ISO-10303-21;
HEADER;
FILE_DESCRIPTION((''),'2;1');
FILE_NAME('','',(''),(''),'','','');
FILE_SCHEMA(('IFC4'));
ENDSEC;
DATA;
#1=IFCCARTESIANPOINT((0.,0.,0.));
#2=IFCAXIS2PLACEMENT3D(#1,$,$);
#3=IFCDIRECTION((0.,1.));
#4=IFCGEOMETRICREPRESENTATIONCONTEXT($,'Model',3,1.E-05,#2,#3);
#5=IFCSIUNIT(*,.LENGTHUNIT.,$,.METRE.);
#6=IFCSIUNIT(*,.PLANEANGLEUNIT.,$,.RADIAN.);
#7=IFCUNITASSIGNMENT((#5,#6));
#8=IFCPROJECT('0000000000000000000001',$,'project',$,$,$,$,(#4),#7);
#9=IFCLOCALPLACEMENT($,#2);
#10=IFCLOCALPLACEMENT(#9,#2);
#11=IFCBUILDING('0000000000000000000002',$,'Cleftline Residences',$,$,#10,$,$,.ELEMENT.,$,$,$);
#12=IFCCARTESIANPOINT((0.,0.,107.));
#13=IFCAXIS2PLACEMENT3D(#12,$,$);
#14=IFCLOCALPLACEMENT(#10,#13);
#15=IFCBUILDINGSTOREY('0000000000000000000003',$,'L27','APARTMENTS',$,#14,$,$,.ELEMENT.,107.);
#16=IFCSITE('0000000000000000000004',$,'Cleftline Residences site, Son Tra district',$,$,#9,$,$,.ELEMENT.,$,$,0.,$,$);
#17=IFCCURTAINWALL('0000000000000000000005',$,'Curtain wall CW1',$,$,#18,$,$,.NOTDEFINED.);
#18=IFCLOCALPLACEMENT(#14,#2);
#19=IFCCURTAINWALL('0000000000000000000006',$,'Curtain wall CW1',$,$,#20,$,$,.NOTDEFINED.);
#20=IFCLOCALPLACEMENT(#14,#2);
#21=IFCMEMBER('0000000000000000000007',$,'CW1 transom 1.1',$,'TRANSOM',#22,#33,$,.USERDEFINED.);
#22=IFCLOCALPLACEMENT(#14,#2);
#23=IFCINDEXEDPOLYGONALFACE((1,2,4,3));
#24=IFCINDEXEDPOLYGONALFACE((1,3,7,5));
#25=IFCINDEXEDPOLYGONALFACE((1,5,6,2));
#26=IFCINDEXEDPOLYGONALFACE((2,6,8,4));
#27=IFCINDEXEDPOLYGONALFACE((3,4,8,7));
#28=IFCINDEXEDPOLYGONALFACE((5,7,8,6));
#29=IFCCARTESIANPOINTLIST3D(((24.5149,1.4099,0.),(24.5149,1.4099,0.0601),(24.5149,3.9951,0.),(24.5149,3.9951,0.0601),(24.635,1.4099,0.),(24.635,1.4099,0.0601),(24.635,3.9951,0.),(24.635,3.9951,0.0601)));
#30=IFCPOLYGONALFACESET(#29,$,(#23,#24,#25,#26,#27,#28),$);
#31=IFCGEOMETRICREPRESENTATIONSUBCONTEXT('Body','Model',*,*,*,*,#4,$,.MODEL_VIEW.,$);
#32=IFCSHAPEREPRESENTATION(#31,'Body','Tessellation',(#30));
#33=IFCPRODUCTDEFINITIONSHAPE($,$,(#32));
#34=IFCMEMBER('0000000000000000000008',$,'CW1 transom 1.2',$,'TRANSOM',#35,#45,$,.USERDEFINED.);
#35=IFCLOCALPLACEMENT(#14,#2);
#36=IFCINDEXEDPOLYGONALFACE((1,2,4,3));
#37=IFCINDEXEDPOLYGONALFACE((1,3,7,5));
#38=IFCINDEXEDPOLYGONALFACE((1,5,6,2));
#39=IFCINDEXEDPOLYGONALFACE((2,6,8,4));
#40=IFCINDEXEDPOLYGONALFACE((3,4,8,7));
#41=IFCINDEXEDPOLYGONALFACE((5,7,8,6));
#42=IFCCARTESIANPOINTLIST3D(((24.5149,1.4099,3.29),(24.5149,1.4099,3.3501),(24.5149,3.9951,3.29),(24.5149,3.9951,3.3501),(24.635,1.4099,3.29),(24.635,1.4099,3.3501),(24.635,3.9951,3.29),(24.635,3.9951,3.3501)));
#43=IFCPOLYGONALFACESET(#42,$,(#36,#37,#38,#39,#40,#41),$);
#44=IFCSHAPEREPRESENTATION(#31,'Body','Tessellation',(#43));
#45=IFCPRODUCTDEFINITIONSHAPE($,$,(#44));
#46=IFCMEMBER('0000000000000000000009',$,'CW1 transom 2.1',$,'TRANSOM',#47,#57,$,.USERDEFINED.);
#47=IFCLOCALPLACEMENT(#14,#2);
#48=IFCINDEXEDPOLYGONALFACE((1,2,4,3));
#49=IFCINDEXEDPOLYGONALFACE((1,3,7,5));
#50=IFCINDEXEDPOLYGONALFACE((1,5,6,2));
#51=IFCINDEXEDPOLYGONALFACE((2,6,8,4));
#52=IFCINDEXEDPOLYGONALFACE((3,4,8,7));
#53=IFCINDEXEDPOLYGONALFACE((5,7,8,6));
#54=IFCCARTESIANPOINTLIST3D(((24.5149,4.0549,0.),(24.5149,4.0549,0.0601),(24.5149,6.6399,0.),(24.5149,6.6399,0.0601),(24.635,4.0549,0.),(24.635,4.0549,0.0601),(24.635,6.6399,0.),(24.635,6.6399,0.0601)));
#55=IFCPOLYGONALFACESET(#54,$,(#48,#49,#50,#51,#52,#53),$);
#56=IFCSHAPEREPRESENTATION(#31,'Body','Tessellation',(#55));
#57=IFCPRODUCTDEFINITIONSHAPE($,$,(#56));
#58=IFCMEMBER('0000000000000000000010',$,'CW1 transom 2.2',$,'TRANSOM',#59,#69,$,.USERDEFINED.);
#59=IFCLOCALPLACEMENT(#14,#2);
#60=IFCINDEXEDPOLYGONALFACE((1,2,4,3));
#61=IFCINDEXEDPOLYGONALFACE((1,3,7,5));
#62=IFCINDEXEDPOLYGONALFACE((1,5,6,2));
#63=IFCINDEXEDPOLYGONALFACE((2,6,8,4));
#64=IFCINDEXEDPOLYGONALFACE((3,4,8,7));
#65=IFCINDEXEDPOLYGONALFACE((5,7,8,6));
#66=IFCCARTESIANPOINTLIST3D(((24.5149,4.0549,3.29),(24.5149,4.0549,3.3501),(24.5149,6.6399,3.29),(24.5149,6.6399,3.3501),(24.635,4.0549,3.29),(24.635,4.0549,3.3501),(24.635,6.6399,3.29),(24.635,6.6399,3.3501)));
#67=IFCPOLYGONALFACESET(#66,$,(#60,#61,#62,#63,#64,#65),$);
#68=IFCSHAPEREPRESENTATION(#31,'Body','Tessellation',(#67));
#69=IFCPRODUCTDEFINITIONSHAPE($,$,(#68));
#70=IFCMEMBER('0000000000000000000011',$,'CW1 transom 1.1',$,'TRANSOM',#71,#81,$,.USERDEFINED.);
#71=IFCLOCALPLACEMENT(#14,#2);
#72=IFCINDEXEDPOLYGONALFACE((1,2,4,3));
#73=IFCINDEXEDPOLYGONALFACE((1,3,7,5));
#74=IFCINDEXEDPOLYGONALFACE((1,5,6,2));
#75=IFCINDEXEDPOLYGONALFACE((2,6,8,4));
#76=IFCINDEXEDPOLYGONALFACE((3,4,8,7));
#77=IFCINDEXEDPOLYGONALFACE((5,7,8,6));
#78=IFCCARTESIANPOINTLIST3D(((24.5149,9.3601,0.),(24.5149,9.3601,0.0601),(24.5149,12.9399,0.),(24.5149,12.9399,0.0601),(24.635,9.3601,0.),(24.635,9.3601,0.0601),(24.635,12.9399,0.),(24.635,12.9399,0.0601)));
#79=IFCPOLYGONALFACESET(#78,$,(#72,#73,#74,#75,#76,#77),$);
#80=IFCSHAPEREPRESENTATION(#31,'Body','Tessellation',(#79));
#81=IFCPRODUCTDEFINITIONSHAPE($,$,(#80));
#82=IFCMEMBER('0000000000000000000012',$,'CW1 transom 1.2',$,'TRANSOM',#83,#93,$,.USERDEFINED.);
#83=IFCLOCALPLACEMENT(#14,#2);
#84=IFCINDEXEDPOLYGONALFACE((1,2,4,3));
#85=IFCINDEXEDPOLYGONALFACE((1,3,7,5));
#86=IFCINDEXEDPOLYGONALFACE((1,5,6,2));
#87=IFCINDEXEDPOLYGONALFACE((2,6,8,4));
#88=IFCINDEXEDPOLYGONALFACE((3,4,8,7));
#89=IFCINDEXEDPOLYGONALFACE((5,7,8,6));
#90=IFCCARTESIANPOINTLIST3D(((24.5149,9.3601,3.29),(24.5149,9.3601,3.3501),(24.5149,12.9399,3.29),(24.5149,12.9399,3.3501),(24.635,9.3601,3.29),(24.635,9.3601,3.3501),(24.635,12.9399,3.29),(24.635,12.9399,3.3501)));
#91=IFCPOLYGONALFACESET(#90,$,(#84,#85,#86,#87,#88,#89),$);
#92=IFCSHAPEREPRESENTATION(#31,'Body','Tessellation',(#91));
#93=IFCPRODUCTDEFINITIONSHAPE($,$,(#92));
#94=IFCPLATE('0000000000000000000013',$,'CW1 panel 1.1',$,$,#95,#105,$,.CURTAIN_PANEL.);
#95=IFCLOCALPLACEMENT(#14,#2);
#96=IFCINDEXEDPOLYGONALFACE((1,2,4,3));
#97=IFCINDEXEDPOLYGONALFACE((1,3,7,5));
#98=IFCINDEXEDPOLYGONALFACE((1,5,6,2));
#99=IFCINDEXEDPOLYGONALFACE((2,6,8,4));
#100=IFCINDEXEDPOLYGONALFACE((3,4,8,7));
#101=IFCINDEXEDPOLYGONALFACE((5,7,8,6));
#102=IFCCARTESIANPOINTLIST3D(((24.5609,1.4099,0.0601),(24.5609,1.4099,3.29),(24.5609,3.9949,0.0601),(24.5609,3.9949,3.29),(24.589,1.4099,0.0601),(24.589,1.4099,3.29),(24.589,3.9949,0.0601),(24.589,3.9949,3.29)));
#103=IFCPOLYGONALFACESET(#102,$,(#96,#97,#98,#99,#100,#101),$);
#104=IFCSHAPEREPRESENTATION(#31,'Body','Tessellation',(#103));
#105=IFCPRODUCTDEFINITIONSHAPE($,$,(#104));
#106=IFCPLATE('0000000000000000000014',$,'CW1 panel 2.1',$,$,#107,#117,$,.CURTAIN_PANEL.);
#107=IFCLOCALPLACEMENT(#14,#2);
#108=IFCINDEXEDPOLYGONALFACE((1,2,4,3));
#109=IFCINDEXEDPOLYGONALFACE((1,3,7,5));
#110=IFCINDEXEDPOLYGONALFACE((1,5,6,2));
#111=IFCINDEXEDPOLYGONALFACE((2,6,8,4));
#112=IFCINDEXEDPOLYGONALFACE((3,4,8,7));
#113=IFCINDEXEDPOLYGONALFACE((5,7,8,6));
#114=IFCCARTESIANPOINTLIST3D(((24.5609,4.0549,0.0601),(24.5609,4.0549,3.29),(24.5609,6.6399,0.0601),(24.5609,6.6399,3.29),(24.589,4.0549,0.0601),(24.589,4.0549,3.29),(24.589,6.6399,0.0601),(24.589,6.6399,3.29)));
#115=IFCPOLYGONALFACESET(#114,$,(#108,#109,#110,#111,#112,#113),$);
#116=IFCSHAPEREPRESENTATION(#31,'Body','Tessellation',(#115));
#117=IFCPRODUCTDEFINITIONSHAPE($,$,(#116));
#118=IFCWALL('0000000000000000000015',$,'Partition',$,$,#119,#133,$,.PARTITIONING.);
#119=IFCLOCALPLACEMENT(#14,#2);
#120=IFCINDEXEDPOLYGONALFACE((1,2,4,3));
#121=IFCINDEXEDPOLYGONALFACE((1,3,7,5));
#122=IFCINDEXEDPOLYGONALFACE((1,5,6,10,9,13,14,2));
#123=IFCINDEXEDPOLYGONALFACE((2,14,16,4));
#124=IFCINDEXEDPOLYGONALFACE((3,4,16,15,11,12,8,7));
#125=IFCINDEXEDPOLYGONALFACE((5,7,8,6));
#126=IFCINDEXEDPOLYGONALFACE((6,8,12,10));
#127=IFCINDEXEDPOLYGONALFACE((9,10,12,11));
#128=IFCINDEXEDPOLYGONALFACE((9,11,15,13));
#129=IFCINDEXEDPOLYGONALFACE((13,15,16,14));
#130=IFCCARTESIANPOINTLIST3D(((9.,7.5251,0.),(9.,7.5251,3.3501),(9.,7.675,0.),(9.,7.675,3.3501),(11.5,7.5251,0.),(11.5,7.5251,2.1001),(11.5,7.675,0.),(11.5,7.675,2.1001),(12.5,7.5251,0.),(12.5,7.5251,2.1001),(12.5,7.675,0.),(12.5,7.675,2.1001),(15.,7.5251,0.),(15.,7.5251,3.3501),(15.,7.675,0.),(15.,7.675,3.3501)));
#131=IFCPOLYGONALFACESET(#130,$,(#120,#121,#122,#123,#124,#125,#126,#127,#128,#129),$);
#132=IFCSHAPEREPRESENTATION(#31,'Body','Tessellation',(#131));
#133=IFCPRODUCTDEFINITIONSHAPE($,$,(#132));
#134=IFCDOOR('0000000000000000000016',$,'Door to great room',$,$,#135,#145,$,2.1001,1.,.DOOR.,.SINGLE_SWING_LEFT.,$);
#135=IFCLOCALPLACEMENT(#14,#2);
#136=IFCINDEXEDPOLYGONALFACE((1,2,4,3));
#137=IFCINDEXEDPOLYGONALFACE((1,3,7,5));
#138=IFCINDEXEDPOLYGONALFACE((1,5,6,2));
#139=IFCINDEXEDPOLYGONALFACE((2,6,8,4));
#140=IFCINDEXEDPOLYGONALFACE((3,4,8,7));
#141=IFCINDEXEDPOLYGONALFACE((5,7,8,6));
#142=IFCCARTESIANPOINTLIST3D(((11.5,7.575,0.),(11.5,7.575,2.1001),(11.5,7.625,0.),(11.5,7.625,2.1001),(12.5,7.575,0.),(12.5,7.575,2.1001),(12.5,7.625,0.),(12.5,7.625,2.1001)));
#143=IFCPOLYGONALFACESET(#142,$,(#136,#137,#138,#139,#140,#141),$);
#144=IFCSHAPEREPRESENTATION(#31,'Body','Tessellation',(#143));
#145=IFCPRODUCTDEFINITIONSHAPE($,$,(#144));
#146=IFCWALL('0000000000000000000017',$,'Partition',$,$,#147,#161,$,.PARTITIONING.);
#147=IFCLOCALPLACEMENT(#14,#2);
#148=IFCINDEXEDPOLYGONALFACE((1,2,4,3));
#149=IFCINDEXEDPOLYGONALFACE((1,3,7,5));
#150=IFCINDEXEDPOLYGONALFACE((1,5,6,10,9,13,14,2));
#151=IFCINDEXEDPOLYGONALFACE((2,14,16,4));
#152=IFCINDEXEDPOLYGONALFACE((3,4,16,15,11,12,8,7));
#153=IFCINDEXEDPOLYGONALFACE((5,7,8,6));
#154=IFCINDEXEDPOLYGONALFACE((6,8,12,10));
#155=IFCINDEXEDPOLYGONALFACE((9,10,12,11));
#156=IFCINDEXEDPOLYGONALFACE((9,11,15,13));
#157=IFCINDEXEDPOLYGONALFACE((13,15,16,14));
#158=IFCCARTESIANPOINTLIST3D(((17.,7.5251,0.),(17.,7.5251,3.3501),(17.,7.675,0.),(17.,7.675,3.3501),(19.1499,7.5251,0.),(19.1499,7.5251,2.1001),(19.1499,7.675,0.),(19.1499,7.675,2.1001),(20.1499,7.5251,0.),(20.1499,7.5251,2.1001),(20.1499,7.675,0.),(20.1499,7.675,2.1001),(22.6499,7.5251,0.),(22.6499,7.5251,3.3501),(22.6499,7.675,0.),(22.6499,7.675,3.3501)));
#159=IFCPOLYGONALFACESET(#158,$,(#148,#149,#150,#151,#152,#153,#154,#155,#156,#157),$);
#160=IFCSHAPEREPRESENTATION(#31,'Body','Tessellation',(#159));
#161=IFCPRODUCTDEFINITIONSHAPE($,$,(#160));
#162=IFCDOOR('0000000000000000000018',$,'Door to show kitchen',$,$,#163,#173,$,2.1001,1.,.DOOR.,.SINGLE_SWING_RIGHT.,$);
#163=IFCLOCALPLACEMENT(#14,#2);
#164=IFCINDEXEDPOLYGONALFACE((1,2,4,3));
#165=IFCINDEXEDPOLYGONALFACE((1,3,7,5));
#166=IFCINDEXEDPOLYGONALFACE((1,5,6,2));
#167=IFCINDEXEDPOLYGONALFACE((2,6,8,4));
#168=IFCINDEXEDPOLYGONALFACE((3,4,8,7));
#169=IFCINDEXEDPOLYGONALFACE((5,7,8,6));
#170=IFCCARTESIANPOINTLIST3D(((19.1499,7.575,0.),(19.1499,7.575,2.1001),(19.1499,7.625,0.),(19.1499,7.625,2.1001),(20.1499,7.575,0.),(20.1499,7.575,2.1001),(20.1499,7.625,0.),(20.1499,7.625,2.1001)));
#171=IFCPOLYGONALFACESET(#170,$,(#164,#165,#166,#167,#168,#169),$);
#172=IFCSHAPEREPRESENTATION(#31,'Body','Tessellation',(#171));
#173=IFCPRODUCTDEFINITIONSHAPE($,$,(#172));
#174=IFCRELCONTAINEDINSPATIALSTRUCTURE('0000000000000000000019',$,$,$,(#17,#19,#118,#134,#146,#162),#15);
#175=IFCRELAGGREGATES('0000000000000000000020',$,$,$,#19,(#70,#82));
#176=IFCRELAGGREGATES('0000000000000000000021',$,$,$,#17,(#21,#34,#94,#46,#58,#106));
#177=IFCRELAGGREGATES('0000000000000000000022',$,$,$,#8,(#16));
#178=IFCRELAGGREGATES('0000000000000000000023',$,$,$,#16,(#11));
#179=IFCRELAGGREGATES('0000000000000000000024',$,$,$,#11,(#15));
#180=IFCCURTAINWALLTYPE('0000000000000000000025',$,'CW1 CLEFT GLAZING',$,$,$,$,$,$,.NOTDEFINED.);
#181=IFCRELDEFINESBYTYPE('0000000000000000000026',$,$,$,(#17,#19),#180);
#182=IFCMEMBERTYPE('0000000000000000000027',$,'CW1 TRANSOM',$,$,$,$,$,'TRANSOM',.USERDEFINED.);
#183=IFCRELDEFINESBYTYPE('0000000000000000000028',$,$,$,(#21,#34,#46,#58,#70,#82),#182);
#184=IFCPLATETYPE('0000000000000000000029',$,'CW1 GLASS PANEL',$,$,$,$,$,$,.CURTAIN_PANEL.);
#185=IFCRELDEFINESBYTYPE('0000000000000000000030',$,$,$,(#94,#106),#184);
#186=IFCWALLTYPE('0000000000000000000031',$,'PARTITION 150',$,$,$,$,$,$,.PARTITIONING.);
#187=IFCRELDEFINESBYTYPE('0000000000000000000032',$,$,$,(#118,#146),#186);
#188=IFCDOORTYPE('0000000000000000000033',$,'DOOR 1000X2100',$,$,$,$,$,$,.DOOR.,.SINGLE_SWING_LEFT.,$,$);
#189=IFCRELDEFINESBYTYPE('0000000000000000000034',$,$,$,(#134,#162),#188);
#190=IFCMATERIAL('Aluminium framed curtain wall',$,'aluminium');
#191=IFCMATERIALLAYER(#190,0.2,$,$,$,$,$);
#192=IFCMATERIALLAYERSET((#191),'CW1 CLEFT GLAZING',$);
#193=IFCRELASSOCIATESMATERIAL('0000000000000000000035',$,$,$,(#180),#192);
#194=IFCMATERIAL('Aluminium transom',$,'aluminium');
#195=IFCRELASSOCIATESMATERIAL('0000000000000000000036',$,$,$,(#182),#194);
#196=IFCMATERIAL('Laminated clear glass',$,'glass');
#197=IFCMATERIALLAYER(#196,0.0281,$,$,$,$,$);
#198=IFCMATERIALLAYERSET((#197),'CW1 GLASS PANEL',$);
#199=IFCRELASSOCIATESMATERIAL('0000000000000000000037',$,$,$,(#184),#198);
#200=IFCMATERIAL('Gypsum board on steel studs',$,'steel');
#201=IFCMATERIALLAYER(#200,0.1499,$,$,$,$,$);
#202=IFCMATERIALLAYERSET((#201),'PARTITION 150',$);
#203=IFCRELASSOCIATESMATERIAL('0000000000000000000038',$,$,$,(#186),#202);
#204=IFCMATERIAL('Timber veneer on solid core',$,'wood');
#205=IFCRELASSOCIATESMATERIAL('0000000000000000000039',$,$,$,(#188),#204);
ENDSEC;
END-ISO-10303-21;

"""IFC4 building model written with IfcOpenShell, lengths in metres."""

from ifc_helpers import new_model, si_unit, direction, frame, frame_2d, origin, origin_2d, place, context, subcontext, project, spatial, rectangle, extrude, material, layer, layer_set, material_profile, profile_set, type_object, element, fill, aggregate, save


model = new_model("IFC4")

# Units and contexts
model_context = context("Model", 3, precision=1e-05, world=origin(), true_north=direction((0.0, 1.0)))
body_context = subcontext(model_context, "Body", "Model", "MODEL_VIEW")
ifc_project = project(units=[si_unit("LENGTHUNIT", "METRE"), si_unit("PLANEANGLEUNIT", "RADIAN")], contexts=[model_context])

# Site, building, storey
site_placement = place(None, origin())
site = spatial("IfcSite", under=ifc_project, at=site_placement, Name="Cleftline Residences site, Son Tra district", CompositionType="ELEMENT", RefElevation=0.0)
building_placement = place(site_placement, origin())
building = spatial("IfcBuilding", under=site, at=building_placement, Name="Cleftline Residences", CompositionType="ELEMENT")
storey_placement = place(building_placement, frame((0.0, 0.0, 107.0)))
storey = spatial("IfcBuildingStorey", under=building, at=storey_placement, Name="L27", Description="APARTMENTS", CompositionType="ELEMENT", Elevation=107.0)

# Curtain wall
ifc_material_1 = material(Name="Aluminium framed curtain wall", Category="aluminium")
ifc_layer_1 = layer(ifc_material_1, 0.2)
ifc_layer_set_1 = layer_set([ifc_layer_1], Name="CW1 CLEFT GLAZING")
curtain_wall_type = type_object("IfcCurtainWallType", Name="CW1 CLEFT GLAZING", PredefinedType="NOTDEFINED", material=ifc_layer_set_1)
curtain_wall_1_placement = place(storey_placement, origin())
curtain_wall_1 = element("IfcCurtainWall", 1, at=curtain_wall_1_placement, inside=storey, type_object=curtain_wall_type, Name="Curtain wall CW1", PredefinedType="NOTDEFINED")

# Curtain wall
curtain_wall_2_placement = place(storey_placement, origin())
curtain_wall_2 = element("IfcCurtainWall", 2, at=curtain_wall_2_placement, inside=storey, type_object=curtain_wall_type, Name="Curtain wall CW1", PredefinedType="NOTDEFINED")

# Members
ifc_material_2 = material(Name="Aluminium transom", Category="aluminium")
ifc_material_profile_1 = material_profile(ifc_material_2, rectangle(XDim=0.1201, YDim=0.0601, at=origin_2d()))
ifc_profile_set_1 = profile_set([ifc_material_profile_1], Name="Aluminium transom")
member_type_1 = type_object("IfcMemberType", Name="CW1 TRANSOM", ElementType="TRANSOM", PredefinedType="USERDEFINED", material=ifc_profile_set_1)
member_1_placement = place(storey_placement, frame((24.575, 1.4099, 0.03), z_axis=(0.0, 1.0, 0.0), x_axis=(-1.0, 0.0, 0.0)))
member_1 = element("IfcMember", 3, at=member_1_placement, type_object=member_type_1, Name="CW1 transom 1.1", ObjectType="TRANSOM", PredefinedType="USERDEFINED", context=body_context, shape_type="SweptSolid", body=[
    extrude(rectangle(XDim=0.1201, YDim=0.0601, at=origin_2d()), origin(), (0.0, 0.0, 1.0), 2.5852),
])
member_2_placement = place(storey_placement, frame((24.575, 1.4099, 3.3201), z_axis=(0.0, 1.0, 0.0), x_axis=(-1.0, 0.0, 0.0)))
member_2 = element("IfcMember", 4, at=member_2_placement, type_object=member_type_1, Name="CW1 transom 1.2", ObjectType="TRANSOM", PredefinedType="USERDEFINED", context=body_context, shape_type="SweptSolid", body=[
    extrude(rectangle(XDim=0.1201, YDim=0.0601, at=origin_2d()), origin(), (0.0, 0.0, 1.0), 2.5852),
])
member_3_placement = place(storey_placement, frame((24.575, 4.0549, 0.03), z_axis=(0.0, 1.0, 0.0), x_axis=(-1.0, 0.0, 0.0)))
member_3 = element("IfcMember", 5, at=member_3_placement, type_object=member_type_1, Name="CW1 transom 2.1", ObjectType="TRANSOM", PredefinedType="USERDEFINED", context=body_context, shape_type="SweptSolid", body=[
    extrude(rectangle(XDim=0.1201, YDim=0.0601, at=origin_2d()), origin(), (0.0, 0.0, 1.0), 2.585),
])
member_4_placement = place(storey_placement, frame((24.575, 4.0549, 3.3201), z_axis=(0.0, 1.0, 0.0), x_axis=(-1.0, 0.0, 0.0)))
member_4 = element("IfcMember", 6, at=member_4_placement, type_object=member_type_1, Name="CW1 transom 2.2", ObjectType="TRANSOM", PredefinedType="USERDEFINED", context=body_context, shape_type="SweptSolid", body=[
    extrude(rectangle(XDim=0.1201, YDim=0.0601, at=origin_2d()), origin(), (0.0, 0.0, 1.0), 2.585),
])
member_5_placement = place(storey_placement, frame((24.575, 9.3601, 0.03), z_axis=(0.0, 1.0, 0.0), x_axis=(-1.0, 0.0, 0.0)))
member_5 = element("IfcMember", 7, at=member_5_placement, type_object=member_type_1, Name="CW1 transom 1.1", ObjectType="TRANSOM", PredefinedType="USERDEFINED", context=body_context, shape_type="SweptSolid", body=[
    extrude(rectangle(XDim=0.1201, YDim=0.0601, at=origin_2d()), origin(), (0.0, 0.0, 1.0), 3.5798),
])
member_6_placement = place(storey_placement, frame((24.575, 9.3601, 3.3201), z_axis=(0.0, 1.0, 0.0), x_axis=(-1.0, 0.0, 0.0)))
member_6 = element("IfcMember", 8, at=member_6_placement, type_object=member_type_1, Name="CW1 transom 1.2", ObjectType="TRANSOM", PredefinedType="USERDEFINED", context=body_context, shape_type="SweptSolid", body=[
    extrude(rectangle(XDim=0.1201, YDim=0.0601, at=origin_2d()), origin(), (0.0, 0.0, 1.0), 3.5798),
])
aggregate(curtain_wall_2, [member_5, member_6])

# Plates
ifc_material_3 = material(Name="Laminated clear glass", Category="glass")
ifc_layer_2 = layer(ifc_material_3, 0.0281)
ifc_layer_set_2 = layer_set([ifc_layer_2], Name="CW1 GLASS PANEL")
plate_type = type_object("IfcPlateType", Name="CW1 GLASS PANEL", PredefinedType="CURTAIN_PANEL", material=ifc_layer_set_2)
plate_1_placement = place(storey_placement, frame((24.575, 2.7024, 0.0601), z_axis=(0.0, 0.0, 1.0), x_axis=(0.0, 1.0, 0.0)))
plate_1 = element("IfcPlate", 9, at=plate_1_placement, type_object=plate_type, Name="CW1 panel 1.1", PredefinedType="CURTAIN_PANEL", context=body_context, shape_type="SweptSolid", body=[
    extrude(rectangle(XDim=2.585, YDim=0.0281, at=origin_2d()), origin(), (0.0, 0.0, 1.0), 3.23),
])
plate_2_placement = place(storey_placement, frame((24.575, 5.3474, 0.0601), z_axis=(0.0, 0.0, 1.0), x_axis=(0.0, 1.0, 0.0)))
plate_2 = element("IfcPlate", 10, at=plate_2_placement, type_object=plate_type, Name="CW1 panel 2.1", PredefinedType="CURTAIN_PANEL", context=body_context, shape_type="SweptSolid", body=[
    extrude(rectangle(XDim=2.585, YDim=0.0281, at=origin_2d()), origin(), (0.0, 0.0, 1.0), 3.23),
])
aggregate(curtain_wall_1, [member_1, member_2, plate_1, member_3, member_4, plate_2])

# Walls, openings, doors
ifc_material_4 = material(Name="Gypsum board on steel studs", Category="steel")
ifc_layer_3 = layer(ifc_material_4, 0.1499)
ifc_layer_set_3 = layer_set([ifc_layer_3], Name="PARTITION 150")
wall_type = type_object("IfcWallType", Name="PARTITION 150", PredefinedType="PARTITIONING", material=ifc_layer_set_3)
wall_1_placement = place(storey_placement, frame((9.0, 7.6001, 0.0), z_axis=(0.0, 0.0, 1.0), x_axis=(1.0, 0.0, 0.0)))
wall_1 = element("IfcWall", 11, at=wall_1_placement, inside=storey, type_object=wall_type, Name="Partition", PredefinedType="PARTITIONING", context=body_context, shape_type="SweptSolid", body=[
    extrude(rectangle(XDim=6.0, YDim=0.1499, at=frame_2d((3.0, 0.0))), origin(), (0.0, 0.0, 1.0), 3.3501),
])
opening_1_placement = place(wall_1_placement, frame((2.5, 0.0, 0.0)))
opening_1 = element("IfcOpeningElement", 12, at=opening_1_placement, cuts=wall_1, PredefinedType="OPENING", context=body_context, shape_type="SweptSolid", body=[
    extrude(rectangle(XDim=1.0, YDim=2.1001, at=frame_2d((0.5, 1.05))), frame((0.0, 0.085, 0.0), z_axis=(0.0, -1.0, 0.0), x_axis=(1.0, 0.0, 0.0)), (0.0, 0.0, 1.0), 0.1699),
])
ifc_material_5 = material(Name="Timber veneer on solid core", Category="wood")
door_type_1 = type_object("IfcDoorType", Name="DOOR 1000X2100", OperationType="SINGLE_SWING_LEFT", PredefinedType="DOOR", material=ifc_material_5)
door_1_placement = place(opening_1_placement, origin())
door_1 = element("IfcDoor", 13, at=door_1_placement, inside=storey, type_object=door_type_1, Name="Door to great room", OperationType="SINGLE_SWING_LEFT", OverallHeight=2.1001, OverallWidth=1.0, PredefinedType="DOOR", context=body_context, shape_type="SweptSolid", body=[
    extrude(rectangle(XDim=1.0, YDim=2.1001, at=frame_2d((0.5, 1.05))), frame((0.0, 0.0249, 0.0), z_axis=(0.0, -1.0, 0.0), x_axis=(1.0, 0.0, 0.0)), (0.0, 0.0, 1.0), 0.05),
])
fill(opening_1, door_1)
wall_2_placement = place(storey_placement, frame((17.0, 7.6001, 0.0), z_axis=(0.0, 0.0, 1.0), x_axis=(1.0, 0.0, 0.0)))
wall_2 = element("IfcWall", 14, at=wall_2_placement, inside=storey, type_object=wall_type, Name="Partition", PredefinedType="PARTITIONING", context=body_context, shape_type="SweptSolid", body=[
    extrude(rectangle(XDim=5.6499, YDim=0.1499, at=frame_2d((2.825, 0.0))), origin(), (0.0, 0.0, 1.0), 3.3501),
])
opening_2_placement = place(wall_2_placement, frame((2.1499, 0.0, 0.0)))
opening_2 = element("IfcOpeningElement", 15, at=opening_2_placement, cuts=wall_2, PredefinedType="OPENING", context=body_context, shape_type="SweptSolid", body=[
    extrude(rectangle(XDim=1.0, YDim=2.1001, at=frame_2d((0.5, 1.05))), frame((0.0, 0.085, 0.0), z_axis=(0.0, -1.0, 0.0), x_axis=(1.0, 0.0, 0.0)), (0.0, 0.0, 1.0), 0.1699),
])
door_2_placement = place(opening_2_placement, origin())
door_2 = element("IfcDoor", 16, at=door_2_placement, inside=storey, type_object=door_type_1, Name="Door to show kitchen", OperationType="SINGLE_SWING_RIGHT", OverallHeight=2.1001, OverallWidth=1.0, PredefinedType="DOOR", context=body_context, shape_type="SweptSolid", body=[
    extrude(rectangle(XDim=1.0, YDim=2.1001, at=frame_2d((0.5, 1.05))), frame((0.0, 0.0249, 0.0), z_axis=(0.0, -1.0, 0.0), x_axis=(1.0, 0.0, 0.0)), (0.0, 0.0, 1.0), 0.05),
])
fill(opening_2, door_2)

save(model, "model.ifc")
